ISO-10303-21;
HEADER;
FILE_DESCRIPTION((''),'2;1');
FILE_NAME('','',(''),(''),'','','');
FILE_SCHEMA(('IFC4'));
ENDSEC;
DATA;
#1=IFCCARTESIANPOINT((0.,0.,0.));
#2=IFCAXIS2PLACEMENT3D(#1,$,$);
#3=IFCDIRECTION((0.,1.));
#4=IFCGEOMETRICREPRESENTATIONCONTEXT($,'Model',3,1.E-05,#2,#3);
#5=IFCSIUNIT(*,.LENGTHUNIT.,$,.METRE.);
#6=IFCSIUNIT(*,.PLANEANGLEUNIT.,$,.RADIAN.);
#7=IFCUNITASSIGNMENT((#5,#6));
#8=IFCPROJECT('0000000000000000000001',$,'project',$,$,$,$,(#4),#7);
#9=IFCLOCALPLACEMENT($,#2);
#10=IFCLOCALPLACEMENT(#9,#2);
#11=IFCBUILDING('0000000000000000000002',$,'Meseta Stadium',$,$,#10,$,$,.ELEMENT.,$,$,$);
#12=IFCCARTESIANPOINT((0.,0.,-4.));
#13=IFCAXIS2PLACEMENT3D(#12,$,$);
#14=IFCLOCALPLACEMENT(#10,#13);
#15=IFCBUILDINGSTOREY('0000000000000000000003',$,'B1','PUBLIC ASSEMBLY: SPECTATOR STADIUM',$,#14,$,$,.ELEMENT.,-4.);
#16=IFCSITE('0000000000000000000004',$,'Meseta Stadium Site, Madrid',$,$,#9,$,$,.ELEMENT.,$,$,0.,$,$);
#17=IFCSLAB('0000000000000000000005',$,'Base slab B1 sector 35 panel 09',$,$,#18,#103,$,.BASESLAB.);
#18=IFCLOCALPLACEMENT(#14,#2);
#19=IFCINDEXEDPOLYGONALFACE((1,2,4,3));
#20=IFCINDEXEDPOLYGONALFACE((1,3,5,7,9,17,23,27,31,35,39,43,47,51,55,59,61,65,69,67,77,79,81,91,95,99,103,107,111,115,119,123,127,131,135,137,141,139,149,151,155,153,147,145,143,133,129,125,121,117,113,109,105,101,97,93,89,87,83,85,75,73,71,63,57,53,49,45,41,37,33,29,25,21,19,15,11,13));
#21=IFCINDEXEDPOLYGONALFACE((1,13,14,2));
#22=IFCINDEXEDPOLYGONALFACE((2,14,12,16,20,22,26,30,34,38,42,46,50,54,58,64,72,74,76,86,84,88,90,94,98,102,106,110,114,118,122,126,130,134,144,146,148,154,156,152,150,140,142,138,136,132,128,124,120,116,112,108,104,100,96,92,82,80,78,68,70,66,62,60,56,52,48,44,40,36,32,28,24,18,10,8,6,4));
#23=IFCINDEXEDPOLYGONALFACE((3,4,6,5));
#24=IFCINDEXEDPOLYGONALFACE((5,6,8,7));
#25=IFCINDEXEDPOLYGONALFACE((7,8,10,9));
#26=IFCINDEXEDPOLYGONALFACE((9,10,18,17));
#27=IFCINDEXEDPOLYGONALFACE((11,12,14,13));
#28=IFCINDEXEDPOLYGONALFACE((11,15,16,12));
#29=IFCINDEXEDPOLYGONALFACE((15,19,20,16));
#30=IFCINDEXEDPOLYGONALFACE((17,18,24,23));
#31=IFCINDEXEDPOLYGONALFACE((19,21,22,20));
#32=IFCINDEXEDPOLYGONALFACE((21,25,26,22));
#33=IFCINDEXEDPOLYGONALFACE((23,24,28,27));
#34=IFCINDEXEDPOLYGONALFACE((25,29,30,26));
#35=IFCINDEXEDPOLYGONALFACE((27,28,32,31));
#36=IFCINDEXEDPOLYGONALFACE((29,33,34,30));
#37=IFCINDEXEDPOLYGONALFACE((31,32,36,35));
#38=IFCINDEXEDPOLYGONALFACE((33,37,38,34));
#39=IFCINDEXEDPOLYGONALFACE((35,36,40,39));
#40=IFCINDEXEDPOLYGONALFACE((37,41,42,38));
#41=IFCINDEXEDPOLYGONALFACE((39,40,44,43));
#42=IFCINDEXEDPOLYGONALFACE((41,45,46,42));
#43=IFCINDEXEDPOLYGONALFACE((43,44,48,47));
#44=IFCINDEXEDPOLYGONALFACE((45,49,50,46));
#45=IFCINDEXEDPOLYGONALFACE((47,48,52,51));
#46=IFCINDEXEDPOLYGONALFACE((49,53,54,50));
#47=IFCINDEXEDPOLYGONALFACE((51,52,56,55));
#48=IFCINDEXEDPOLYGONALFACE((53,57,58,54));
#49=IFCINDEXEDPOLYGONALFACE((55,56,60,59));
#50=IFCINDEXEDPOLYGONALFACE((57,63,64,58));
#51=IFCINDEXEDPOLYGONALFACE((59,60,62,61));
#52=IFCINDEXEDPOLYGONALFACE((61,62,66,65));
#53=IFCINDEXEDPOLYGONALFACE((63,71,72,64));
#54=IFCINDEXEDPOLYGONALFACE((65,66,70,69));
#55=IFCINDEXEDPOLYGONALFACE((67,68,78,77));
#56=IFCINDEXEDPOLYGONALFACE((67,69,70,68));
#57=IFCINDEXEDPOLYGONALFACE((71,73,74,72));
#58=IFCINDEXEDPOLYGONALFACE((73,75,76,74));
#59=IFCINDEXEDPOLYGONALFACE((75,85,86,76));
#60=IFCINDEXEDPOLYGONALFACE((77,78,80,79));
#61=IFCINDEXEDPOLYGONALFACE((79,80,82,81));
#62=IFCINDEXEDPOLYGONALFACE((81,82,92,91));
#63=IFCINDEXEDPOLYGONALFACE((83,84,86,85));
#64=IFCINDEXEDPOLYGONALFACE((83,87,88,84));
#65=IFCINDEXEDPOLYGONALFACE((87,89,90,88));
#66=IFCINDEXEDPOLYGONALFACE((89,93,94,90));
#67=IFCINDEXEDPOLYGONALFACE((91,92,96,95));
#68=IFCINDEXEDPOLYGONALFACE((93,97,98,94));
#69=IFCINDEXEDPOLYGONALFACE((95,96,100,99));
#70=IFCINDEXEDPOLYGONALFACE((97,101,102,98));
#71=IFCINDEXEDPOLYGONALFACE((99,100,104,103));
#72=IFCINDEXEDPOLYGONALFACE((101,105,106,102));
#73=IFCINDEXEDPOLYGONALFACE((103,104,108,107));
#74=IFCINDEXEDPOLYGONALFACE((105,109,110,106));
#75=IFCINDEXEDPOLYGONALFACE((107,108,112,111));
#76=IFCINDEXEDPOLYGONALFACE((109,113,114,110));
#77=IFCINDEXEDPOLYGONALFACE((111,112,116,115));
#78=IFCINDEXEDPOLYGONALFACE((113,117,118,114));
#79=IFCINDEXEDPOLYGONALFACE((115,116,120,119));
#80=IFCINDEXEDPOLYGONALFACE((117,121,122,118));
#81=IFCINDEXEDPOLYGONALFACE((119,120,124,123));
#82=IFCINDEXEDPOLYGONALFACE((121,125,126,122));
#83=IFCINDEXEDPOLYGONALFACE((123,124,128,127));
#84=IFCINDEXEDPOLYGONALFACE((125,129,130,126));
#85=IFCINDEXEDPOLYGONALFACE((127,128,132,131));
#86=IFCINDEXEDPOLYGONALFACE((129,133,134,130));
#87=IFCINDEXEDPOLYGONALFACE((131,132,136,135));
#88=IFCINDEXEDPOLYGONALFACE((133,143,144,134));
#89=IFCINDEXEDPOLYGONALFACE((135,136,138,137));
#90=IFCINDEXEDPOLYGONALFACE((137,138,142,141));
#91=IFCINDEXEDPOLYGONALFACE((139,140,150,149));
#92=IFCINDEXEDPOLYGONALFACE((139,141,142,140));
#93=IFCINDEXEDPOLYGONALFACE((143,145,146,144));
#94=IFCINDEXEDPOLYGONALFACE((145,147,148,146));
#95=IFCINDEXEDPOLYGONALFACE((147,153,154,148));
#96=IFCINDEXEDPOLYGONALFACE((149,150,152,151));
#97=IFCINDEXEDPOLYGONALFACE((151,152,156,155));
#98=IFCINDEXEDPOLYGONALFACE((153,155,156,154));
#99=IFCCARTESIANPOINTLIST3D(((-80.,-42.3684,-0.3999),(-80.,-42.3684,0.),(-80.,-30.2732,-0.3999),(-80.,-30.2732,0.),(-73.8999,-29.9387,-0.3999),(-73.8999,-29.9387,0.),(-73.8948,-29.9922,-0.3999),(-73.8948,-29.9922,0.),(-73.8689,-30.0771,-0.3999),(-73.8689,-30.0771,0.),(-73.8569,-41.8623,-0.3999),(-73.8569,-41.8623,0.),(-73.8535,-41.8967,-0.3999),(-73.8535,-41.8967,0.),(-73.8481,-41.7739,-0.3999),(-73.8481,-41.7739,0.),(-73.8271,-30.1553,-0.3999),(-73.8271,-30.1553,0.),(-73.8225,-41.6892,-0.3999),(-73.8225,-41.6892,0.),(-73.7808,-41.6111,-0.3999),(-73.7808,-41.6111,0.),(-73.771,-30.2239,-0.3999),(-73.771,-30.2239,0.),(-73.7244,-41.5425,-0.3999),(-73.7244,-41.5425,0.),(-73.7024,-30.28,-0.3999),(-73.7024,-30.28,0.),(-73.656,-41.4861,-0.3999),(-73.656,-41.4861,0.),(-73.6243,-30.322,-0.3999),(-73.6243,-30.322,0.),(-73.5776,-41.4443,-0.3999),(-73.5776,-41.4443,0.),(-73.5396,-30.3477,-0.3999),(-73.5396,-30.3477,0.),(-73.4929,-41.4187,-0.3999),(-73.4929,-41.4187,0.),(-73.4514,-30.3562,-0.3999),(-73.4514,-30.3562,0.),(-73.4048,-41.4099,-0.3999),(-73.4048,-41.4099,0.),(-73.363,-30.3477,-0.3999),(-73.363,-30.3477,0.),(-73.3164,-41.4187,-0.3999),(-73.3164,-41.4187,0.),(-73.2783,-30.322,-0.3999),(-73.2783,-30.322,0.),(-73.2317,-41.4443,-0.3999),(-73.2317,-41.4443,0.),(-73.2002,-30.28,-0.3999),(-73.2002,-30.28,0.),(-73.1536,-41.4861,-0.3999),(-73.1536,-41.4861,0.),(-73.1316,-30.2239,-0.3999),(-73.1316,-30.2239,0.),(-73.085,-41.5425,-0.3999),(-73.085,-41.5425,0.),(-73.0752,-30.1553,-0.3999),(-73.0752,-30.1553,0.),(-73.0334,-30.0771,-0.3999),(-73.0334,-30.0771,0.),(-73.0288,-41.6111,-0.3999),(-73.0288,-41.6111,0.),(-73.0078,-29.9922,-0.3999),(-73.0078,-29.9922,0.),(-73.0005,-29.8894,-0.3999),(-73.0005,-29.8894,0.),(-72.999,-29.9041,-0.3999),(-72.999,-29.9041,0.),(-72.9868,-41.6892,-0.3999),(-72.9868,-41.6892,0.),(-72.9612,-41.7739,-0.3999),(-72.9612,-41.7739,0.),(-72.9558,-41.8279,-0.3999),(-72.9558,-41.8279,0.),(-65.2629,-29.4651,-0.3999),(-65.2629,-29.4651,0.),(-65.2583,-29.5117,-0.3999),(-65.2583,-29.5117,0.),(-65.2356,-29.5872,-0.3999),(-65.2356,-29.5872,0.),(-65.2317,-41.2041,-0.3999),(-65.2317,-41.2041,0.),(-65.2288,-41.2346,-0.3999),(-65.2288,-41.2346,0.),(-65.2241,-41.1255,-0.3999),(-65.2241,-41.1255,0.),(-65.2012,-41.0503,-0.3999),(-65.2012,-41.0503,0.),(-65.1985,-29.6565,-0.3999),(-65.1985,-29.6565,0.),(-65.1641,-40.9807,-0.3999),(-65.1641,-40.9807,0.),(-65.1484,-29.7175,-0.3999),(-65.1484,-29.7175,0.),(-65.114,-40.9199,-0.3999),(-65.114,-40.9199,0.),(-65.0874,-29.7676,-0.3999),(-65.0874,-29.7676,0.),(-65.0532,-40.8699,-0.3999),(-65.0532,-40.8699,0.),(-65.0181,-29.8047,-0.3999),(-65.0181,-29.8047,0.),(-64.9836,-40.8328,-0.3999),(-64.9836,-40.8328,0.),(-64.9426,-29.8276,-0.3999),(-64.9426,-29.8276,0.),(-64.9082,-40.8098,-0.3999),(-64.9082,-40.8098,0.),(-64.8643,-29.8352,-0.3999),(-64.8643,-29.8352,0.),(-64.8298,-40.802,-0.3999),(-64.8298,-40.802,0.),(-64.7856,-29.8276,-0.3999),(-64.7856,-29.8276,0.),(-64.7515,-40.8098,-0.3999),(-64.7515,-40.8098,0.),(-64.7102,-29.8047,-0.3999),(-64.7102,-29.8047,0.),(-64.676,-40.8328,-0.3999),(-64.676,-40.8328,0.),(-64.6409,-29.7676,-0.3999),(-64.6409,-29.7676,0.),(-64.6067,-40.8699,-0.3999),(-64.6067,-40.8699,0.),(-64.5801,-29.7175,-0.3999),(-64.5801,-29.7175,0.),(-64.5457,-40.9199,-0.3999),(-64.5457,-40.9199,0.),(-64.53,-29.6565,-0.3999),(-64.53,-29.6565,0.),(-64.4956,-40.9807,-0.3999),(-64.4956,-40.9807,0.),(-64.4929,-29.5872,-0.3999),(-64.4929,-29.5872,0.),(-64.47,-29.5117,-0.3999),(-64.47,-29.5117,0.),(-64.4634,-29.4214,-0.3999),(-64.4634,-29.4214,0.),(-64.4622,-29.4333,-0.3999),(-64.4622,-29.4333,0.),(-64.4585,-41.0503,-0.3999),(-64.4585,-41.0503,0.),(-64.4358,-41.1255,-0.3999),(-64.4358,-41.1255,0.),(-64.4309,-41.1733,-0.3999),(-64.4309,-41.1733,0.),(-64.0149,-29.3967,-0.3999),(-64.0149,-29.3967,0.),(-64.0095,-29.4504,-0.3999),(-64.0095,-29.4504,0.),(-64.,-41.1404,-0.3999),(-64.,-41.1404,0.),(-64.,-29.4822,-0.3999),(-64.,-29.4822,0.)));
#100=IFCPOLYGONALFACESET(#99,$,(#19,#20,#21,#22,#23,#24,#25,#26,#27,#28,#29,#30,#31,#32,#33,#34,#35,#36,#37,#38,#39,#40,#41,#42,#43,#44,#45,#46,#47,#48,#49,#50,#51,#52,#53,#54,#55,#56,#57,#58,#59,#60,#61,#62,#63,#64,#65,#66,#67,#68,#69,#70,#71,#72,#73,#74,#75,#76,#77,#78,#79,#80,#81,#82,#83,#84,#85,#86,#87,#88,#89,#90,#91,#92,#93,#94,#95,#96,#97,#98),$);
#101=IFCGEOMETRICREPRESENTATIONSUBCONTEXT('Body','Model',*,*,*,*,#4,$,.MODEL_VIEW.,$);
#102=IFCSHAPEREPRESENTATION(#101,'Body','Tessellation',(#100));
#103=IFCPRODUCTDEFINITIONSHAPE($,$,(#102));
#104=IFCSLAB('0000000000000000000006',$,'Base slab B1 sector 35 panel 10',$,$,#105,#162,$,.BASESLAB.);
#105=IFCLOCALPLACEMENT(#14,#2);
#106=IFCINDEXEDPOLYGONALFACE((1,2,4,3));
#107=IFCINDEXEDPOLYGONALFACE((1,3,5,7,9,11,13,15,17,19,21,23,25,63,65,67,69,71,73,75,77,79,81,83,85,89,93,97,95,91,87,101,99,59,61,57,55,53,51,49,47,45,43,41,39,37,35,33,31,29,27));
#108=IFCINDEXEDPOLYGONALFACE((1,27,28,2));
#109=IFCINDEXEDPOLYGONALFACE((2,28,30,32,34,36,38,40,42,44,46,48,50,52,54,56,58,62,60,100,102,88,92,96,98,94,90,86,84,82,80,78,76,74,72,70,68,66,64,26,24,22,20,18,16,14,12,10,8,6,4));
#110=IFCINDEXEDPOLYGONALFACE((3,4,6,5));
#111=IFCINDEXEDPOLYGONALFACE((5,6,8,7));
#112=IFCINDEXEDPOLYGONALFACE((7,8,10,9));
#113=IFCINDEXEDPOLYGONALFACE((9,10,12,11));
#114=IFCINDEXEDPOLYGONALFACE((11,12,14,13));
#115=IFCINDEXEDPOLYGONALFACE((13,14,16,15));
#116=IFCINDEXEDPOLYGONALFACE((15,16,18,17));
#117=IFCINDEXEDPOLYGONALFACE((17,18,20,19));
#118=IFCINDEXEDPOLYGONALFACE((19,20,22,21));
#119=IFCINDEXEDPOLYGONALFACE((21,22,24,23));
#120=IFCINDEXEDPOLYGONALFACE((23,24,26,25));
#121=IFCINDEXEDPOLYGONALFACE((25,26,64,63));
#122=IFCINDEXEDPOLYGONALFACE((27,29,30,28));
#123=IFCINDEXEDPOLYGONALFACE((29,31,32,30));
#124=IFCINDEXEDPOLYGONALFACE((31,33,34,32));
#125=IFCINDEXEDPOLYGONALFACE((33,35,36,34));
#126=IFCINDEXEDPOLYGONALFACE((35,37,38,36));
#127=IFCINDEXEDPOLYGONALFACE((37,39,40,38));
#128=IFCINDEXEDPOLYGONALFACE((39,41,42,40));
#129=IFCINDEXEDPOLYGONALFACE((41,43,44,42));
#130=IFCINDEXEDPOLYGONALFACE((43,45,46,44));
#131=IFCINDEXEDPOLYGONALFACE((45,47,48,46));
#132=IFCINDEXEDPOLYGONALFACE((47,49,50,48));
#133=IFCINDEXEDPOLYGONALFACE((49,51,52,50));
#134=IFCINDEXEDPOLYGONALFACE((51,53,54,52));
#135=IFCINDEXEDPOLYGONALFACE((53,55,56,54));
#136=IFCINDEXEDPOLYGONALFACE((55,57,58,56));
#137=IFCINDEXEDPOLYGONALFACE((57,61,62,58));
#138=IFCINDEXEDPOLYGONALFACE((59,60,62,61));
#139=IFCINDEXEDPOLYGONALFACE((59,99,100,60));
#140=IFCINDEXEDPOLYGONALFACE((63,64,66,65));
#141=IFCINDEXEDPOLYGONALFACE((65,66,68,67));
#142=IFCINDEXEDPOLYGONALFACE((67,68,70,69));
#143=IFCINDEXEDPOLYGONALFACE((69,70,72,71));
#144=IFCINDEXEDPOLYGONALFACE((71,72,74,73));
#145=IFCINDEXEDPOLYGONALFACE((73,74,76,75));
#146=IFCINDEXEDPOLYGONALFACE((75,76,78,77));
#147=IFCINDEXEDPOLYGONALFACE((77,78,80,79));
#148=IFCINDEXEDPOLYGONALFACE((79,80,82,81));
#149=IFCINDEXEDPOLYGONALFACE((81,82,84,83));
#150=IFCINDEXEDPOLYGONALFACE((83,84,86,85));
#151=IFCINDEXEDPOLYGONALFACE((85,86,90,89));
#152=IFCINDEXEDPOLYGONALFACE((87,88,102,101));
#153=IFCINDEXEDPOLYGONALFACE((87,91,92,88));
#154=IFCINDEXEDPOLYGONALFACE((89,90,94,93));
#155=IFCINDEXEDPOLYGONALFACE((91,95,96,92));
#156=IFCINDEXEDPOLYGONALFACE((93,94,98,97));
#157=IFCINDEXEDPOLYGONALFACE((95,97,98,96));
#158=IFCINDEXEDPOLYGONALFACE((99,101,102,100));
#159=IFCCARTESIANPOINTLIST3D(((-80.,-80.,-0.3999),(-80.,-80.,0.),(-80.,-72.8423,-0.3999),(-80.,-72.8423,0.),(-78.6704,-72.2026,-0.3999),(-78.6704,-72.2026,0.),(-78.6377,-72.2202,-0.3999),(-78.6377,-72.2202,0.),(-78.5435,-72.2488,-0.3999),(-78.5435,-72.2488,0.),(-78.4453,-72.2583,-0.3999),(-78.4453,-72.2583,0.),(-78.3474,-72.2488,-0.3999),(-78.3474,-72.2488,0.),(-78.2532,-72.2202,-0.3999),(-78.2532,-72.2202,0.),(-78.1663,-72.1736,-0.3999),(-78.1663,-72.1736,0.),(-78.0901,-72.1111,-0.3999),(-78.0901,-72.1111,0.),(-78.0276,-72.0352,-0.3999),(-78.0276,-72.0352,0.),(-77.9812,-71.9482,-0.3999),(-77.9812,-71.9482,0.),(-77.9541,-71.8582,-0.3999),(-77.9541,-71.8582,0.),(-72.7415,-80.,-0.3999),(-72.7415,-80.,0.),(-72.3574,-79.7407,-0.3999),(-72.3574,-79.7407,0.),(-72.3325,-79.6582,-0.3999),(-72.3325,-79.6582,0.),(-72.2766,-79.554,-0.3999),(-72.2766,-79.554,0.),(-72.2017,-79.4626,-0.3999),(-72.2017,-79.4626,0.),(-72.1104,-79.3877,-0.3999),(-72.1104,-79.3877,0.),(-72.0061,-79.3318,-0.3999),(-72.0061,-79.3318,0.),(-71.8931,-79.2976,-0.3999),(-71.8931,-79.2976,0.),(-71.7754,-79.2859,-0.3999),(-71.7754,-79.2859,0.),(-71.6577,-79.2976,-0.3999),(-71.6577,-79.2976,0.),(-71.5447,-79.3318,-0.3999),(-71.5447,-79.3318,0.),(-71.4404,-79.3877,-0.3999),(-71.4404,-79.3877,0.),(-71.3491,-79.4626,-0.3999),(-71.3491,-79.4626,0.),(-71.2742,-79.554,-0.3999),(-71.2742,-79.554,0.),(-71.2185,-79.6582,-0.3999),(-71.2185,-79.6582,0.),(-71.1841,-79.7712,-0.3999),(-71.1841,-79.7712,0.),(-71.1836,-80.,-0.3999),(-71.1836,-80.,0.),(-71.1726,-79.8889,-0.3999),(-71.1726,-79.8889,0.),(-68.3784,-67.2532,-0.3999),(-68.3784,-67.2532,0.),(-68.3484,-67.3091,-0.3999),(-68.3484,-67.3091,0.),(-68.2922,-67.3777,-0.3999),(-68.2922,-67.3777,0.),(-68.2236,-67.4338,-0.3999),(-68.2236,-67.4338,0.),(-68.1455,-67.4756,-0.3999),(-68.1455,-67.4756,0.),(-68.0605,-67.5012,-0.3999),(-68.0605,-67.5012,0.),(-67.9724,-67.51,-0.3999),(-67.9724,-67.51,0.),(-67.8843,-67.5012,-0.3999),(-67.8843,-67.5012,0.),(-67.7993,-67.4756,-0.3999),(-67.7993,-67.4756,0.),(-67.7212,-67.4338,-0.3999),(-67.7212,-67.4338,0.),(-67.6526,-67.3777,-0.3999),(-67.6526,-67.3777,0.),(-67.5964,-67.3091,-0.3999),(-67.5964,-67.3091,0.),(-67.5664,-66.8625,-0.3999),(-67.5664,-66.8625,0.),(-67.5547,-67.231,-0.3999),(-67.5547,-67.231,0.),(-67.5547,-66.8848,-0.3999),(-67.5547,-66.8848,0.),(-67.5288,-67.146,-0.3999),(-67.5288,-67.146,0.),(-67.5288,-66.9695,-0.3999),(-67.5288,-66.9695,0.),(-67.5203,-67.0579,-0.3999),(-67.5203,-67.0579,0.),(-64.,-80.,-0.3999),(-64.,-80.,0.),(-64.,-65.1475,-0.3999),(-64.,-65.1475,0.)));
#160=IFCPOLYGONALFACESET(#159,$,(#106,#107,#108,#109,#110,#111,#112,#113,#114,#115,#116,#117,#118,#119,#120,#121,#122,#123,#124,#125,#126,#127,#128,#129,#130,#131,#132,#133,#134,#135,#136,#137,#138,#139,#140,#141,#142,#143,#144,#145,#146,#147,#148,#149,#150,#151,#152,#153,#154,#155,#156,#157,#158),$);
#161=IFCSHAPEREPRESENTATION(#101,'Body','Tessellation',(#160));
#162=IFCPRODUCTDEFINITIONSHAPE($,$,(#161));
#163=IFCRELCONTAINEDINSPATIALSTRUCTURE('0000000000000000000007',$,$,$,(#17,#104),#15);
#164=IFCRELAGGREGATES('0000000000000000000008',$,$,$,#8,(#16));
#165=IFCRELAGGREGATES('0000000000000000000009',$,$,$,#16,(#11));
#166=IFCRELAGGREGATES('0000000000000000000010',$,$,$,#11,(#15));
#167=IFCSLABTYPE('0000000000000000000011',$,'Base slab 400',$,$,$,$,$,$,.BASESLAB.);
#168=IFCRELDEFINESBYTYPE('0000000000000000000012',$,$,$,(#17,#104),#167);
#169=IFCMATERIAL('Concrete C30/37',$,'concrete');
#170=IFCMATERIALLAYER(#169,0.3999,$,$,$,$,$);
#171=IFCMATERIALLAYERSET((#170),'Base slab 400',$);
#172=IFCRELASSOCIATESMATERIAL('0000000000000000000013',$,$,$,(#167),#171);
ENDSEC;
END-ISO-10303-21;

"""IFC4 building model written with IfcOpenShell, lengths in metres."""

from ifc_helpers import new_model, si_unit, direction, frame, origin, place, context, subcontext, project, spatial, polyline, outline, extrude, material, layer, layer_set, type_object, element, save


model = new_model("IFC4")

# Units and contexts
model_context = context("Model", 3, precision=1e-05, world=origin(), true_north=direction((0.0, 1.0)))
body_context = subcontext(model_context, "Body", "Model", "MODEL_VIEW")
ifc_project = project(units=[si_unit("LENGTHUNIT", "METRE"), si_unit("PLANEANGLEUNIT", "RADIAN")], contexts=[model_context])

# Site, building, storey
site_placement = place(None, origin())
site = spatial("IfcSite", under=ifc_project, at=site_placement, Name="Meseta Stadium Site, Madrid", CompositionType="ELEMENT", RefElevation=0.0)
building_placement = place(site_placement, origin())
building = spatial("IfcBuilding", under=site, at=building_placement, Name="Meseta Stadium", CompositionType="ELEMENT")
storey_placement = place(building_placement, frame((0.0, 0.0, -4.0)))
storey = spatial("IfcBuildingStorey", under=building, at=storey_placement, Name="B1", Description="PUBLIC ASSEMBLY: SPECTATOR STADIUM", CompositionType="ELEMENT", Elevation=-4.0)

# Slabs
ifc_material = material(Name="Concrete C30/37", Category="concrete")
ifc_layer = layer(ifc_material, 0.3999)
ifc_layer_set = layer_set([ifc_layer], Name="Base slab 400")
slab_type = type_object("IfcSlabType", Name="Base slab 400", PredefinedType="BASESLAB", material=ifc_layer_set)
slab_1_placement = place(storey_placement, frame((0.0, 0.0, -0.3999)))
element("IfcSlab", 1, at=slab_1_placement, inside=storey, type_object=slab_type, Name="Base slab B1 sector 35 panel 09", PredefinedType="BASESLAB", context=body_context, shape_type="SweptSolid", body=[
    extrude(outline(polyline([(-73.085, -41.5425), (-73.0288, -41.6111), (-72.9868, -41.6892), (-72.9612, -41.7739), (-72.9558, -41.8279), (-65.2288, -41.2346), (-65.2317, -41.2041), (-65.2241, -41.1255), (-65.2012, -41.0503), (-65.1641, -40.9807), (-65.114, -40.9199), (-65.0532, -40.8699), (-64.9836, -40.8328), (-64.9082, -40.8098), (-64.8298, -40.802), (-64.7515, -40.8098), (-64.676, -40.8328), (-64.6067, -40.8699), (-64.5457, -40.9199), (-64.4956, -40.9807), (-64.4585, -41.0503), (-64.4358, -41.1255), (-64.4309, -41.1733), (-64.0, -41.1404), (-64.0, -29.4822), (-64.0095, -29.4504), (-64.0149, -29.3967), (-64.4634, -29.4214), (-64.4622, -29.4333), (-64.47, -29.5117), (-64.4929, -29.5872), (-64.53, -29.6565), (-64.5801, -29.7175), (-64.6409, -29.7676), (-64.7102, -29.8047), (-64.7856, -29.8276), (-64.8643, -29.8352), (-64.9426, -29.8276), (-65.0181, -29.8047), (-65.0874, -29.7676), (-65.1484, -29.7175), (-65.1985, -29.6565), (-65.2356, -29.5872), (-65.2583, -29.5117), (-65.2629, -29.4651), (-73.0005, -29.8894), (-72.999, -29.9041), (-73.0078, -29.9922), (-73.0334, -30.0771), (-73.0752, -30.1553), (-73.1316, -30.2239), (-73.2002, -30.28), (-73.2783, -30.322), (-73.363, -30.3477), (-73.4514, -30.3562), (-73.5396, -30.3477), (-73.6243, -30.322), (-73.7024, -30.28), (-73.771, -30.2239), (-73.8271, -30.1553), (-73.8689, -30.0771), (-73.8948, -29.9922), (-73.8999, -29.9387), (-80.0, -30.2732), (-80.0, -42.3684), (-73.8535, -41.8967), (-73.8569, -41.8623), (-73.8481, -41.7739), (-73.8225, -41.6892), (-73.7808, -41.6111), (-73.7244, -41.5425), (-73.656, -41.4861), (-73.5776, -41.4443), (-73.4929, -41.4187), (-73.4048, -41.4099), (-73.3164, -41.4187), (-73.2317, -41.4443), (-73.1536, -41.4861), (-73.085, -41.5425)])), origin(), (0.0, 0.0, 1.0), 0.3999),
])
slab_2_placement = place(storey_placement, frame((0.0, 0.0, -0.3999)))
element("IfcSlab", 2, at=slab_2_placement, inside=storey, type_object=slab_type, Name="Base slab B1 sector 35 panel 10", PredefinedType="BASESLAB", context=body_context, shape_type="SweptSolid", body=[
    extrude(outline(polyline([(-72.2017, -79.4626), (-72.1104, -79.3877), (-72.0061, -79.3318), (-71.8931, -79.2976), (-71.7754, -79.2859), (-71.6577, -79.2976), (-71.5447, -79.3318), (-71.4404, -79.3877), (-71.3491, -79.4626), (-71.2742, -79.554), (-71.2185, -79.6582), (-71.1841, -79.7712), (-71.1726, -79.8889), (-71.1836, -80.0), (-64.0, -80.0), (-64.0, -65.1475), (-67.5664, -66.8625), (-67.5547, -66.8848), (-67.5288, -66.9695), (-67.5203, -67.0579), (-67.5288, -67.146), (-67.5547, -67.231), (-67.5964, -67.3091), (-67.6526, -67.3777), (-67.7212, -67.4338), (-67.7993, -67.4756), (-67.8843, -67.5012), (-67.9724, -67.51), (-68.0605, -67.5012), (-68.1455, -67.4756), (-68.2236, -67.4338), (-68.2922, -67.3777), (-68.3484, -67.3091), (-68.3784, -67.2532), (-77.9541, -71.8582), (-77.9812, -71.9482), (-78.0276, -72.0352), (-78.0901, -72.1111), (-78.1663, -72.1736), (-78.2532, -72.2202), (-78.3474, -72.2488), (-78.4453, -72.2583), (-78.5435, -72.2488), (-78.6377, -72.2202), (-78.6704, -72.2026), (-80.0, -72.8423), (-80.0, -80.0), (-72.7415, -80.0), (-72.3574, -79.7407), (-72.3325, -79.6582), (-72.2766, -79.554), (-72.2017, -79.4626)])), origin(), (0.0, 0.0, 1.0), 0.3999),
])

save(model, "model.ifc")
